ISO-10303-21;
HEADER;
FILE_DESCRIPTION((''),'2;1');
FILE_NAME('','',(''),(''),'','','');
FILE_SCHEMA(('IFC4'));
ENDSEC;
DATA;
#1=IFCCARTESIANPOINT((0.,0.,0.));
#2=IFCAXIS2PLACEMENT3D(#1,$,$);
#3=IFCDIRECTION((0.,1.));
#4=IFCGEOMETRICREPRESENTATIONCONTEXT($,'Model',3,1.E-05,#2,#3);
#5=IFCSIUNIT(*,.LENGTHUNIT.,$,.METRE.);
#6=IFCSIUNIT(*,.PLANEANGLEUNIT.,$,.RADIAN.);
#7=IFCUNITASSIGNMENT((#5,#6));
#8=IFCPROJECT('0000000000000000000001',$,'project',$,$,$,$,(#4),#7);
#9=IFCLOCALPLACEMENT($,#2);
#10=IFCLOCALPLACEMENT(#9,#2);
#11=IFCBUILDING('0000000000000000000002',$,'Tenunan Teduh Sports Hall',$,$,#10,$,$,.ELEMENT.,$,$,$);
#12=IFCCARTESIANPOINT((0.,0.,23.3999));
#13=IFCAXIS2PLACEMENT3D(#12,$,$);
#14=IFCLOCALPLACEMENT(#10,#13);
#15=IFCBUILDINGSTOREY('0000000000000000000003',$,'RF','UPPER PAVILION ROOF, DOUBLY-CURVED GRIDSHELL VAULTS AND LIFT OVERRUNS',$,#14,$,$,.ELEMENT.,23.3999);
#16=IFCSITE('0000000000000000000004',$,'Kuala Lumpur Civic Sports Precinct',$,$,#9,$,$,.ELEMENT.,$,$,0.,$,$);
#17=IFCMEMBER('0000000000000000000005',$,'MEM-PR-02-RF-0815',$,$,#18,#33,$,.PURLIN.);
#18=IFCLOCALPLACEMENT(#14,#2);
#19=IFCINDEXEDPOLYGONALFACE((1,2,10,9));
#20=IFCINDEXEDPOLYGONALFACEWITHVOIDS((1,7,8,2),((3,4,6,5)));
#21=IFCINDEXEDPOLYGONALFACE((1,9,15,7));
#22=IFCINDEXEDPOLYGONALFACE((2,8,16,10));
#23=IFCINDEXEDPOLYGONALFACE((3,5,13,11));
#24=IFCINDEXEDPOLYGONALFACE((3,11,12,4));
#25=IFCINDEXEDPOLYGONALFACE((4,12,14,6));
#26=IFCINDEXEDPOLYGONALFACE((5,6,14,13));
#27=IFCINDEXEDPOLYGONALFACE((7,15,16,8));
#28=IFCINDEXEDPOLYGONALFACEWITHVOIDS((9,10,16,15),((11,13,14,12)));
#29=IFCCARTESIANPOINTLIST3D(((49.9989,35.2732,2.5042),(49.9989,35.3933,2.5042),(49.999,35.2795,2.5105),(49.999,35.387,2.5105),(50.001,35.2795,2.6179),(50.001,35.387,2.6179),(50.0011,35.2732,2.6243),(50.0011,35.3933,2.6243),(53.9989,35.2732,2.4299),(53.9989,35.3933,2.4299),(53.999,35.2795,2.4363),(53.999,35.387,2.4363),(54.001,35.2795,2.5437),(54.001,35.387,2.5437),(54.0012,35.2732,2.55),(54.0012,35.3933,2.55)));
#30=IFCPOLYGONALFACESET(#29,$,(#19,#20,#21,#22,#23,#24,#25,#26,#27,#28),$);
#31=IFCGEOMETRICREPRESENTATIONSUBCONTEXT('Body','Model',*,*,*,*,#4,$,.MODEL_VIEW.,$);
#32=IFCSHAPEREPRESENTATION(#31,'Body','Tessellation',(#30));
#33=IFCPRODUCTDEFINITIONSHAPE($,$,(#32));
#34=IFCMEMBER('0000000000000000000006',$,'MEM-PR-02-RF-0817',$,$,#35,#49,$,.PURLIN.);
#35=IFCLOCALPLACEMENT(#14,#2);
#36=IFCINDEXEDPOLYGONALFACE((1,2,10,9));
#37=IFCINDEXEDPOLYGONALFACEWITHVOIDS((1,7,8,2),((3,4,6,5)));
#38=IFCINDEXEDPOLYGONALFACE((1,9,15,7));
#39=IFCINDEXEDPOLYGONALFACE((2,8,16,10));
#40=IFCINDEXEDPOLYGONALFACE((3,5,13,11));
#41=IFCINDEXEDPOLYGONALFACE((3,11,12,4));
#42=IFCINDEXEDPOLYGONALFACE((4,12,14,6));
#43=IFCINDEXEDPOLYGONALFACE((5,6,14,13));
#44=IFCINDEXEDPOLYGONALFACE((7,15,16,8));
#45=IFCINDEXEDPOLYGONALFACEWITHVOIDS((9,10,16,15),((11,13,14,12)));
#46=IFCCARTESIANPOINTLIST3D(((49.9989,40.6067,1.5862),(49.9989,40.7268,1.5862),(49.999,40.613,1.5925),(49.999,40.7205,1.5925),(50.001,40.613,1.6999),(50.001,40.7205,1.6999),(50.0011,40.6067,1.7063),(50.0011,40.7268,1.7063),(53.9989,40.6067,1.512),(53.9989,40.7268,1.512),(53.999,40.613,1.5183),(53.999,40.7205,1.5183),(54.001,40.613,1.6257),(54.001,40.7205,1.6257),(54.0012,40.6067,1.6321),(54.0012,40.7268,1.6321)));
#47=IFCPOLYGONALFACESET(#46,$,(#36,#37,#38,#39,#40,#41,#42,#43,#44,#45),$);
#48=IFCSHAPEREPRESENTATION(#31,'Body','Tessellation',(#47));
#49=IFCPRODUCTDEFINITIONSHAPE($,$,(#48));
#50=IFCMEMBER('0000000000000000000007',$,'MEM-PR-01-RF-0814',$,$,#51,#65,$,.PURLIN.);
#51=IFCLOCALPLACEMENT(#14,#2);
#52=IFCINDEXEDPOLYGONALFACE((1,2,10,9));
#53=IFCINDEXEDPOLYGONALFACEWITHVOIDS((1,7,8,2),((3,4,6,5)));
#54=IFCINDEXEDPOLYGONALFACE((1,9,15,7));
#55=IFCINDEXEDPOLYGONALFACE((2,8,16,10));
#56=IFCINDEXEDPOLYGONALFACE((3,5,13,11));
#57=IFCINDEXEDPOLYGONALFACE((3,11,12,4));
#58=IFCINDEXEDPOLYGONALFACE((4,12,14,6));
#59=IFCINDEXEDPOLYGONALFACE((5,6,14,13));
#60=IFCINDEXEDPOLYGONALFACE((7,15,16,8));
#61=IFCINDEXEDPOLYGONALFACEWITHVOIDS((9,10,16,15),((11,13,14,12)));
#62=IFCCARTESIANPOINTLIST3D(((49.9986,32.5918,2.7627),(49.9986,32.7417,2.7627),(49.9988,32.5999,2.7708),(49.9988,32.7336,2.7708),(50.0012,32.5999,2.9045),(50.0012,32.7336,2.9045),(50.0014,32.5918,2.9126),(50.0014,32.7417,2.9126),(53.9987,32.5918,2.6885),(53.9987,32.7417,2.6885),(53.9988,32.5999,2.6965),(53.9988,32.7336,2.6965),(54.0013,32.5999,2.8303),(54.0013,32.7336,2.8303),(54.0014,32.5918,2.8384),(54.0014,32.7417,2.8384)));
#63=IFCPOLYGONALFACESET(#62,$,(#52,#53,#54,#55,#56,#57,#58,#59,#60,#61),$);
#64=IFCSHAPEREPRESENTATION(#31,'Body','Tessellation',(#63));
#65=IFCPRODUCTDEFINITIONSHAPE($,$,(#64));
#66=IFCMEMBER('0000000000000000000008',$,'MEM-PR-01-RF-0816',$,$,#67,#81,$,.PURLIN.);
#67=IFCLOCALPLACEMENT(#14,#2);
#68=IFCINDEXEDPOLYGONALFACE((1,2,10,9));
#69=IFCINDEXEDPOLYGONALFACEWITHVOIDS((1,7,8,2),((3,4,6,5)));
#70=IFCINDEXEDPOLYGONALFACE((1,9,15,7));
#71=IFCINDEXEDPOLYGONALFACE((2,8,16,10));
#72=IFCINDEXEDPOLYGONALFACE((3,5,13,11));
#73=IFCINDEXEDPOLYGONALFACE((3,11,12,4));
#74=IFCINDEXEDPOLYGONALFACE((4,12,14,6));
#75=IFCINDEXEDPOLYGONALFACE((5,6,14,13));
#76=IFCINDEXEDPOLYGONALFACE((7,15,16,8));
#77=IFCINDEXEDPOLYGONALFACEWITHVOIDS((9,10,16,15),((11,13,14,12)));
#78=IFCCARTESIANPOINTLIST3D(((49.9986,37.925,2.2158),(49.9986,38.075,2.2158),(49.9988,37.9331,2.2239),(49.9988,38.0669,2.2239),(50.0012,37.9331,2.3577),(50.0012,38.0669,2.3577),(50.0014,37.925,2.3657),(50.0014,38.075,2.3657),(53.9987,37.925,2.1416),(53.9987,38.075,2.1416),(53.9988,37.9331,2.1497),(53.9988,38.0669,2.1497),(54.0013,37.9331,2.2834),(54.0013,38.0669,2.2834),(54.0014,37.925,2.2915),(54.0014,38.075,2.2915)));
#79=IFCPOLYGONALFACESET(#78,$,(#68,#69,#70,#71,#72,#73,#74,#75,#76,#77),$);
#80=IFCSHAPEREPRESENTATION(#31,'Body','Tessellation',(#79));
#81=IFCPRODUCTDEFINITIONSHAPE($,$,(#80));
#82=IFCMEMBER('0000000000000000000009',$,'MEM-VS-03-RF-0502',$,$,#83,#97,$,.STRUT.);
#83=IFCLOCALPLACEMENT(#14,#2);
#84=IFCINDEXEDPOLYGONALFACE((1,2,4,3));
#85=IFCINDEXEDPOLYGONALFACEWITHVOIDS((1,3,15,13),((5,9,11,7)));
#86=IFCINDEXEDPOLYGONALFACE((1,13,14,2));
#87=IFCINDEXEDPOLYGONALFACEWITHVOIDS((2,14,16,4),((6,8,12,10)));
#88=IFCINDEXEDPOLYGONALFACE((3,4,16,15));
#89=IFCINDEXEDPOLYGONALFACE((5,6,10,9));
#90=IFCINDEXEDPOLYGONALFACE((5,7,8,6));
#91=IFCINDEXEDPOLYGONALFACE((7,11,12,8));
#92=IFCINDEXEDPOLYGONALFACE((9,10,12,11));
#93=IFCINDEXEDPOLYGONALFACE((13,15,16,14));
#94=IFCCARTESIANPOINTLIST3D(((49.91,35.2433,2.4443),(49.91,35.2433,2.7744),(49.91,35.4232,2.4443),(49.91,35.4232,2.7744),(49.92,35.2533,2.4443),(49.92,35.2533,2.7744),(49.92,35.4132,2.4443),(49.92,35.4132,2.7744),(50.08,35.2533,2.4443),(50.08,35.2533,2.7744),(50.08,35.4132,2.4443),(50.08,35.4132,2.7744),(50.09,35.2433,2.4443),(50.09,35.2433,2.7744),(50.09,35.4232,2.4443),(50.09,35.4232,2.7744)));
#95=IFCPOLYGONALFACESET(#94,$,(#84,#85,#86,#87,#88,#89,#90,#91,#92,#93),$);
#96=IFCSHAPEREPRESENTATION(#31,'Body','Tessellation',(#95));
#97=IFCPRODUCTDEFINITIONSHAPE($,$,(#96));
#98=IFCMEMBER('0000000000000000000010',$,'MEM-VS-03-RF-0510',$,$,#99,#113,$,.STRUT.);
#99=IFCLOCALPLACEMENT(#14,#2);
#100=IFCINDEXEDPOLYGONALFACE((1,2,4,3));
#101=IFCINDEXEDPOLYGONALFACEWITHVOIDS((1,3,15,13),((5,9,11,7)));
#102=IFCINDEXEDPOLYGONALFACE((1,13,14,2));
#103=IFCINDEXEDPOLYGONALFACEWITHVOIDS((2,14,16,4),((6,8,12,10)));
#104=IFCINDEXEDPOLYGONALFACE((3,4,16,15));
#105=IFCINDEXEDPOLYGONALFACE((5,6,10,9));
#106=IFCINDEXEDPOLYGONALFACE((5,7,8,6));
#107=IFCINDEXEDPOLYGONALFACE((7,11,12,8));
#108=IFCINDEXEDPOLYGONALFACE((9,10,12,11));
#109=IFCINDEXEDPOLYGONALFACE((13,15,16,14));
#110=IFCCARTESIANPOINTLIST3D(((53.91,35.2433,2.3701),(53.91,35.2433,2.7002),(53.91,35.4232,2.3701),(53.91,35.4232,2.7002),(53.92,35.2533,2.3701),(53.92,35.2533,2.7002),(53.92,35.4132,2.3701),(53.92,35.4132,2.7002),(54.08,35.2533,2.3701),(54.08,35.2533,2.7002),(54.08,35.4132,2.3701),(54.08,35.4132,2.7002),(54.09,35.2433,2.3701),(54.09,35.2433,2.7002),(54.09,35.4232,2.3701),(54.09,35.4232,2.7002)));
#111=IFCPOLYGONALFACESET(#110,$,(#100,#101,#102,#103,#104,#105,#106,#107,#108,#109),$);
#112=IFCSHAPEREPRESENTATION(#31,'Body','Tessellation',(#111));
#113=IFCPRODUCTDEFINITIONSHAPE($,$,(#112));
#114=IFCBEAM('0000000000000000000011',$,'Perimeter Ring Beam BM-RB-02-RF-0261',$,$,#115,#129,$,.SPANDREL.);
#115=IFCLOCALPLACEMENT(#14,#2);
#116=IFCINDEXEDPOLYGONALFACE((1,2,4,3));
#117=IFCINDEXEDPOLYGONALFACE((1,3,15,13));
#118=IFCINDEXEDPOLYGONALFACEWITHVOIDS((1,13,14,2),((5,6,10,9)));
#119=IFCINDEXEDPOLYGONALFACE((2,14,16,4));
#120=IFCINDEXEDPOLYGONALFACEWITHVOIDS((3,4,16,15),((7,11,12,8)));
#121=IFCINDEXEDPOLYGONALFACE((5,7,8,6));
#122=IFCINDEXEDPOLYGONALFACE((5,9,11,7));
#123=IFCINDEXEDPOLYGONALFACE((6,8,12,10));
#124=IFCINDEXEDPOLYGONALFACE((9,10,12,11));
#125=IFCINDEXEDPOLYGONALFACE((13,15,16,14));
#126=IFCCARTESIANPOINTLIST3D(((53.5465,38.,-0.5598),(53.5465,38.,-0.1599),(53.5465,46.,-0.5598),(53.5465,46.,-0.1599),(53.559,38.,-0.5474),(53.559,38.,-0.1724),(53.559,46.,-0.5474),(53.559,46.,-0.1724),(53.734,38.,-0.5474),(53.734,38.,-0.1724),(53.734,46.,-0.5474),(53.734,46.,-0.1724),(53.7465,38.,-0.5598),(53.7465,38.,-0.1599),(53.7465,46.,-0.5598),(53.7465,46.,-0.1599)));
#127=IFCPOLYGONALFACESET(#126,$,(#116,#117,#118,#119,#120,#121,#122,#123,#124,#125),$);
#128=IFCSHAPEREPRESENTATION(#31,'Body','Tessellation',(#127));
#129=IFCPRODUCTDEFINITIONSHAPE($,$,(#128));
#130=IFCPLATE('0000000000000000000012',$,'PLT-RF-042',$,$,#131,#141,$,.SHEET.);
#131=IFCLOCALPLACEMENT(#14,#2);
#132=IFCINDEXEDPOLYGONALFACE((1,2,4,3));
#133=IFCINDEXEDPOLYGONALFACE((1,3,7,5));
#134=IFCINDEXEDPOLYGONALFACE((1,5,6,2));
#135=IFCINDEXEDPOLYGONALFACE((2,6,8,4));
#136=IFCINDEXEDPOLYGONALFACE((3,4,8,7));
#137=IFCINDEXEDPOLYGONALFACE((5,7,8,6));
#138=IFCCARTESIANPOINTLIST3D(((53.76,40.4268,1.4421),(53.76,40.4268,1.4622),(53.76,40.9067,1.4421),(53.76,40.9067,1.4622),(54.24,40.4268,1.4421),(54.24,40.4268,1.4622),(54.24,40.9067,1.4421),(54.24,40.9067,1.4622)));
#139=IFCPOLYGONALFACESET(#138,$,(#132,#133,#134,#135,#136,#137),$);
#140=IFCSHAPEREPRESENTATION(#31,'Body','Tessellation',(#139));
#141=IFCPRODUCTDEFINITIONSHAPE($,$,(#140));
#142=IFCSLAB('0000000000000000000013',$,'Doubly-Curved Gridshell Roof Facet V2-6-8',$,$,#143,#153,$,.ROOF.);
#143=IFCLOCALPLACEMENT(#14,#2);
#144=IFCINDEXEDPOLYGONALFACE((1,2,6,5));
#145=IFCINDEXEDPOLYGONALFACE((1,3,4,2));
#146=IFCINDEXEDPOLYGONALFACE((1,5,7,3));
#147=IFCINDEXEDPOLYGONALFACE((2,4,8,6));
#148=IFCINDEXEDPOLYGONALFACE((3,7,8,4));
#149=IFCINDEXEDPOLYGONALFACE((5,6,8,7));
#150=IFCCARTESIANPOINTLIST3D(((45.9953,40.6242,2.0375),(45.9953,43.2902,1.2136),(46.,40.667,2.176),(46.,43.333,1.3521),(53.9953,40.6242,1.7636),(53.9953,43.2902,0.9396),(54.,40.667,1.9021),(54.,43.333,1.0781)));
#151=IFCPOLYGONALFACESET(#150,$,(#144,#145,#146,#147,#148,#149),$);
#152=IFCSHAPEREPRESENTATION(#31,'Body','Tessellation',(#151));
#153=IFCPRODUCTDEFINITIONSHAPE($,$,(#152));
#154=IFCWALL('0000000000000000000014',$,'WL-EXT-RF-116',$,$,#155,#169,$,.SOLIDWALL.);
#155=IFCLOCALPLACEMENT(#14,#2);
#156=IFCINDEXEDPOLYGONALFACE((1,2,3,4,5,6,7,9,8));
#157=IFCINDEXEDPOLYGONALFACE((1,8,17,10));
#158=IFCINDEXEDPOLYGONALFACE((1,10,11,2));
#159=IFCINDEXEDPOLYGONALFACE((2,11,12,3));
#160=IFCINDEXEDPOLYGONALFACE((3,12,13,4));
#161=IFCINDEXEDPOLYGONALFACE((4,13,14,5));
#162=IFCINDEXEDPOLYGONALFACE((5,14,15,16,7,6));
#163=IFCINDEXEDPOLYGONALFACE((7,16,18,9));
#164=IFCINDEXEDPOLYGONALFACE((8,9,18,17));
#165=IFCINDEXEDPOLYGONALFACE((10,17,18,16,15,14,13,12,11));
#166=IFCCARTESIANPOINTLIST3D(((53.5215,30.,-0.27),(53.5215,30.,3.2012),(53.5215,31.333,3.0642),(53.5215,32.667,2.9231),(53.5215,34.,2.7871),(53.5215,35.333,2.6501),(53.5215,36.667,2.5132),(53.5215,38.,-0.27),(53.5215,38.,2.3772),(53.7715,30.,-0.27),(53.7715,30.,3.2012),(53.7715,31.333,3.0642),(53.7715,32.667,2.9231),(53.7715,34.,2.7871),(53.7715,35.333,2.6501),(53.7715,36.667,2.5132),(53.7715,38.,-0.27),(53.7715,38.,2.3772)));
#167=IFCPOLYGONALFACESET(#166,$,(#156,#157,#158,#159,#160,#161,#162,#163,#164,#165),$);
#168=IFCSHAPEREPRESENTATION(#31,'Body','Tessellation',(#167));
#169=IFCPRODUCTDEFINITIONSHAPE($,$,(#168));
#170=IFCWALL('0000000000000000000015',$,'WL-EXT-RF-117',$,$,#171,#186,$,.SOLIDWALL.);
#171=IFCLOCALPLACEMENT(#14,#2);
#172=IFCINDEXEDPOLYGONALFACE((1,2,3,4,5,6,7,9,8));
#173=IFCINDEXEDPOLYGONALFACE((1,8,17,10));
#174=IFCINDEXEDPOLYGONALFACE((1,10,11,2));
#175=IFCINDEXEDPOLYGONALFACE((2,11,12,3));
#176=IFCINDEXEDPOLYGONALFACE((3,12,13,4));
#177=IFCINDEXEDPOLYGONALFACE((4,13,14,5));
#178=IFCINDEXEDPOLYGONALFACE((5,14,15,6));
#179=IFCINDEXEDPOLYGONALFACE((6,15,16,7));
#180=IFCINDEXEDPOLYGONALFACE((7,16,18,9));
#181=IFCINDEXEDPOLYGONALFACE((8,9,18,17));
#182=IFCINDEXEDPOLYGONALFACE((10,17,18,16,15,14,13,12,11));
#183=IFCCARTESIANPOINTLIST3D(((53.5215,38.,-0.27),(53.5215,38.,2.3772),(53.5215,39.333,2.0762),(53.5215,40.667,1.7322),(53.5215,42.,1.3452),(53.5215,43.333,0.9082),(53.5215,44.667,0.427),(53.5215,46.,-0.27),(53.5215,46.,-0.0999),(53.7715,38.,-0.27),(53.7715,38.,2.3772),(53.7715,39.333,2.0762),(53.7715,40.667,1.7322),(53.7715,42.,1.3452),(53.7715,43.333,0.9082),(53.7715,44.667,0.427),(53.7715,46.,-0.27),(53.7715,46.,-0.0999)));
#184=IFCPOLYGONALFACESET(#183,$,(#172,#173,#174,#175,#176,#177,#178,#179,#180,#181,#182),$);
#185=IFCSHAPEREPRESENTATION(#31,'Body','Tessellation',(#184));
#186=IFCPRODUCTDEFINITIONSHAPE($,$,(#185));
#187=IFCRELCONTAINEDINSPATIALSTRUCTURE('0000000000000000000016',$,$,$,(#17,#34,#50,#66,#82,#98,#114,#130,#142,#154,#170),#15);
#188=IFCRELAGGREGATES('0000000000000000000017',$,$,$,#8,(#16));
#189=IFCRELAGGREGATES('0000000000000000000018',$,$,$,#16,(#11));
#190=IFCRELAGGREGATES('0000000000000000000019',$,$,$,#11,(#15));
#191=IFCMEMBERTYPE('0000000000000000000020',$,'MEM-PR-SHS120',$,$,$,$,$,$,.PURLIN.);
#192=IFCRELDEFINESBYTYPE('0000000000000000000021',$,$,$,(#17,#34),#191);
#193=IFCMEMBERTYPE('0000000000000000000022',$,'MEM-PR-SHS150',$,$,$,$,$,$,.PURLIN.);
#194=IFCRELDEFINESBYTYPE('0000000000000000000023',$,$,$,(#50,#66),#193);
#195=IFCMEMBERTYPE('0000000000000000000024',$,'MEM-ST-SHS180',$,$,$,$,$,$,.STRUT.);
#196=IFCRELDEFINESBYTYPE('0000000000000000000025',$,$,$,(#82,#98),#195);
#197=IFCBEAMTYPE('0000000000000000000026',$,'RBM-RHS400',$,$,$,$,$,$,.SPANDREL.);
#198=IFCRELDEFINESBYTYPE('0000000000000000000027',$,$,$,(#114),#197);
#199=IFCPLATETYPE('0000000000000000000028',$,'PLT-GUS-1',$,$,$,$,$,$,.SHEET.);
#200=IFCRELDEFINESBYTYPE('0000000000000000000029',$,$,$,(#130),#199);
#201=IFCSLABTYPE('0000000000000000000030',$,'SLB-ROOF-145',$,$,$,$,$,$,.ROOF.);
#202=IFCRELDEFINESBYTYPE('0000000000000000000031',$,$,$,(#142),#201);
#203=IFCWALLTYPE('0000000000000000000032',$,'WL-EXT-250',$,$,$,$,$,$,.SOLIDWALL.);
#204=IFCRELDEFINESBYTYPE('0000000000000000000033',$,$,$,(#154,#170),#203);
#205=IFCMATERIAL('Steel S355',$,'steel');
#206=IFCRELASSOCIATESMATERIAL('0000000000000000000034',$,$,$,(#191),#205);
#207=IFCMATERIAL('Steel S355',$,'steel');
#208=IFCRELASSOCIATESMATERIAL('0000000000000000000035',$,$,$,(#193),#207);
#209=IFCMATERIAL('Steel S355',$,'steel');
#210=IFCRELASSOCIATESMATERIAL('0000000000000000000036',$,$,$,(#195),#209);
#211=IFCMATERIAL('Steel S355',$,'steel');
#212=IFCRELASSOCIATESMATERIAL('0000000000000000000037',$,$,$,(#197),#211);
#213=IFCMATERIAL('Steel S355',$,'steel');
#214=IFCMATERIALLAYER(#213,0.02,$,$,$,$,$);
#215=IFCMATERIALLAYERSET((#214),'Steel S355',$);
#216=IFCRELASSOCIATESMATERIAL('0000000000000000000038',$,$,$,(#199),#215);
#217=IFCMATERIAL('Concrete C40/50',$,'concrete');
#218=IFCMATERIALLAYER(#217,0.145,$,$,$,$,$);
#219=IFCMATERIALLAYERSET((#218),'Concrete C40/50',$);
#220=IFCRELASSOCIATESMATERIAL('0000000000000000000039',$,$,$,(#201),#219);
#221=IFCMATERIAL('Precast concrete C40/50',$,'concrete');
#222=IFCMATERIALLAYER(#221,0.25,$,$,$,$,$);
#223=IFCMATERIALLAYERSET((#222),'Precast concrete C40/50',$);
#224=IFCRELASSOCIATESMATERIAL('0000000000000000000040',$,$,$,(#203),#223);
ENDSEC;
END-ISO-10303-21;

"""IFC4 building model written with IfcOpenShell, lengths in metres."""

from ifc_helpers import new_model, si_unit, direction, frame, origin, origin_2d, place, context, subcontext, project, spatial, polyline, rectangle, hollow_rectangle, outline, extrude, material, layer, layer_set, material_profile, profile_set, type_object, element, save


model = new_model("IFC4")

# Units and contexts
model_context = context("Model", 3, precision=1e-05, world=origin(), true_north=direction((0.0, 1.0)))
body_context = subcontext(model_context, "Body", "Model", "MODEL_VIEW")
ifc_project = project(units=[si_unit("LENGTHUNIT", "METRE"), si_unit("PLANEANGLEUNIT", "RADIAN")], contexts=[model_context])

# Site, building, storey
site_placement = place(None, origin())
site = spatial("IfcSite", under=ifc_project, at=site_placement, Name="Kuala Lumpur Civic Sports Precinct", CompositionType="ELEMENT", RefElevation=0.0)
building_placement = place(site_placement, origin())
building = spatial("IfcBuilding", under=site, at=building_placement, Name="Tenunan Teduh Sports Hall", CompositionType="ELEMENT")
storey_placement = place(building_placement, frame((0.0, 0.0, 23.3999)))
storey = spatial("IfcBuildingStorey", under=building, at=storey_placement, Name="RF", Description="UPPER PAVILION ROOF, DOUBLY-CURVED GRIDSHELL VAULTS AND LIFT OVERRUNS", CompositionType="ELEMENT", Elevation=23.3999)

# Members
ifc_material_1 = material(Name="Steel S355", Category="steel")
ifc_material_profile_1 = material_profile(ifc_material_1, hollow_rectangle(XDim=0.1201, YDim=0.1201, WallThickness=0.0063, at=origin_2d()), Name="SHS 120x120x6.3")
ifc_profile_set_1 = profile_set([ifc_material_profile_1], Name="Steel S355")
member_type_1 = type_object("IfcMemberType", Name="MEM-PR-SHS120", PredefinedType="PURLIN", material=ifc_profile_set_1)
for number, where, z_axis, x_axis, name in (
    (1, (50.0, 35.3333, 2.5642), (0.999828, 0.0, -0.018551), (0.0, 1.0, 0.0), "MEM-PR-02-RF-0815"),
    (2, (50.0, 40.6667, 1.6462), (0.999828, 0.0, -0.018551), (0.0, 1.0, 0.0), "MEM-PR-02-RF-0817"),
):
    element("IfcMember", number, at=place(storey_placement, frame(where, z_axis=z_axis, x_axis=x_axis)), inside=storey, type_object=member_type_1, Name=name, PredefinedType="PURLIN", context=body_context, shape_type="SweptSolid", body=[
        extrude(hollow_rectangle(XDim=0.1201, YDim=0.1201, WallThickness=0.0063, at=origin_2d()), origin(), (0.0, 0.0, 1.0), 4.0007),
    ])
ifc_material_2 = material(Name="Steel S355", Category="steel")
ifc_material_profile_2 = material_profile(ifc_material_2, hollow_rectangle(XDim=0.1499, YDim=0.1499, WallThickness=0.0081, at=origin_2d()), Name="SHS 150x150x8.0")
ifc_profile_set_2 = profile_set([ifc_material_profile_2], Name="Steel S355")
member_type_2 = type_object("IfcMemberType", Name="MEM-PR-SHS150", PredefinedType="PURLIN", material=ifc_profile_set_2)
for number, where, z_axis, x_axis, name in (
    (3, (50.0, 32.6667, 2.8376), (0.999828, 0.0, -0.018551), (0.0, 1.0, 0.0), "MEM-PR-01-RF-0814"),
    (4, (50.0, 38.0, 2.2908), (0.999828, 0.0, -0.018551), (0.0, 1.0, 0.0), "MEM-PR-01-RF-0816"),
):
    element("IfcMember", number, at=place(storey_placement, frame(where, z_axis=z_axis, x_axis=x_axis)), inside=storey, type_object=member_type_2, Name=name, PredefinedType="PURLIN", context=body_context, shape_type="SweptSolid", body=[
        extrude(hollow_rectangle(XDim=0.1499, YDim=0.1499, WallThickness=0.0081, at=origin_2d()), origin(), (0.0, 0.0, 1.0), 4.0007),
    ])
ifc_material_3 = material(Name="Steel S355", Category="steel")
ifc_material_profile_3 = material_profile(ifc_material_3, hollow_rectangle(XDim=0.1799, YDim=0.1799, WallThickness=0.01, at=origin_2d()), Name="SHS 180x180x10.0")
ifc_profile_set_3 = profile_set([ifc_material_profile_3], Name="Steel S355")
member_type_3 = type_object("IfcMemberType", Name="MEM-ST-SHS180", PredefinedType="STRUT", material=ifc_profile_set_3)
for number, where, z_axis, x_axis, name in (
    (5, (50.0, 35.3333, 2.4443), (0.0, 0.0, 1.0), (1.0, 0.0, 0.0), "MEM-VS-03-RF-0502"),
    (6, (54.0, 35.3333, 2.3701), (0.0, 0.0, 1.0), (1.0, 0.0, 0.0), "MEM-VS-03-RF-0510"),
):
    element("IfcMember", number, at=place(storey_placement, frame(where, z_axis=z_axis, x_axis=x_axis)), inside=storey, type_object=member_type_3, Name=name, PredefinedType="STRUT", context=body_context, shape_type="SweptSolid", body=[
        extrude(hollow_rectangle(XDim=0.1799, YDim=0.1799, WallThickness=0.01, at=origin_2d()), origin(), (0.0, 0.0, 1.0), 0.3301),
    ])

# Beam
ifc_material_4 = material(Name="Steel S355", Category="steel")
ifc_material_profile_4 = material_profile(ifc_material_4, hollow_rectangle(XDim=0.2, YDim=0.3999, WallThickness=0.0125, at=origin_2d()), Name="RHS 400x200x12.5")
ifc_profile_set_4 = profile_set([ifc_material_profile_4], Name="Steel S355")
beam_type_1 = type_object("IfcBeamType", Name="RBM-RHS400", PredefinedType="SPANDREL", material=ifc_profile_set_4)
beam_1_placement = place(storey_placement, frame((53.6465, 38.0, -0.3599), z_axis=(0.0, 1.0, 0.0), x_axis=(-1.0, 0.0, 0.0)))
element("IfcBeam", 7, at=beam_1_placement, inside=storey, type_object=beam_type_1, Name="Perimeter Ring Beam BM-RB-02-RF-0261", PredefinedType="SPANDREL", context=body_context, shape_type="SweptSolid", body=[
    extrude(hollow_rectangle(XDim=0.2, YDim=0.3999, WallThickness=0.0125, at=origin_2d()), origin(), (0.0, 0.0, 1.0), 8.0),
])

# Plate
ifc_material_5 = material(Name="Steel S355", Category="steel")
ifc_layer_1 = layer(ifc_material_5, 0.02)
ifc_layer_set_1 = layer_set([ifc_layer_1], Name="Steel S355")
plate_type = type_object("IfcPlateType", Name="PLT-GUS-1", PredefinedType="SHEET", material=ifc_layer_set_1)
plate_placement = place(storey_placement, frame((54.0, 40.6667, 1.4421), z_axis=(0.0, 0.0, 1.0), x_axis=(1.0, 0.0, 0.0)))
element("IfcPlate", 8, at=plate_placement, inside=storey, type_object=plate_type, Name="PLT-RF-042", PredefinedType="SHEET", context=body_context, shape_type="SweptSolid", body=[
    extrude(rectangle(XDim=0.48, YDim=0.48, at=origin_2d()), origin(), (0.0, 0.0, 1.0), 0.02),
])

# Slab
ifc_material_6 = material(Name="Concrete C40/50", Category="concrete")
ifc_layer_2 = layer(ifc_material_6, 0.145)
ifc_layer_set_2 = layer_set([ifc_layer_2], Name="Concrete C40/50")
slab_type = type_object("IfcSlabType", Name="SLB-ROOF-145", PredefinedType="ROOF", material=ifc_layer_set_2)
slab_placement = place(storey_placement, frame((46.0, 40.667, 2.176), z_axis=(0.032696, 0.295127, 0.954899), x_axis=(0.999414, 0.0, -0.034221)))
element("IfcSlab", 9, at=slab_placement, inside=storey, type_object=slab_type, Name="Doubly-Curved Gridshell Roof Facet V2-6-8", PredefinedType="ROOF", context=body_context, shape_type="SweptSolid", body=[
    extrude(outline(polyline([(0.0, 0.0), (8.0047, 0.0), (8.0329, 2.7903), (0.0282, 2.7903), (0.0, 0.0)])), origin(), (0.0, 0.0, -1.0), 0.145),
])

# Walls
ifc_material_7 = material(Name="Precast concrete C40/50", Category="concrete")
ifc_layer_3 = layer(ifc_material_7, 0.25)
ifc_layer_set_3 = layer_set([ifc_layer_3], Name="Precast concrete C40/50")
wall_type = type_object("IfcWallType", Name="WL-EXT-250", PredefinedType="SOLIDWALL", material=ifc_layer_set_3)
wall_1_placement = place(storey_placement, frame((53.6465, 30.0, -0.27), z_axis=(0.0, 0.0, 1.0), x_axis=(0.0, 1.0, 0.0)))
element("IfcWall", 10, at=wall_1_placement, inside=storey, type_object=wall_type, Name="WL-EXT-RF-116", PredefinedType="SOLIDWALL", context=body_context, shape_type="SweptSolid", body=[
    extrude(outline(polyline([(0.0, 0.0), (8.0, 0.0), (8.0, 2.6472), (6.667, 2.7832), (5.333, 2.9202), (4.0, 3.0571), (2.667, 3.1931), (1.333, 3.3342), (0.0, 3.4712), (0.0, 0.0)])), frame((0.0, 0.125, 0.0), z_axis=(0.0, -1.0, 0.0), x_axis=(1.0, 0.0, 0.0)), (0.0, 0.0, 1.0), 0.25),
])
wall_2_placement = place(storey_placement, frame((53.6465, 38.0, -0.27), z_axis=(0.0, 0.0, 1.0), x_axis=(0.0, 1.0, 0.0)))
element("IfcWall", 11, at=wall_2_placement, inside=storey, type_object=wall_type, Name="WL-EXT-RF-117", PredefinedType="SOLIDWALL", context=body_context, shape_type="SweptSolid", body=[
    extrude(outline(polyline([(0.0, 0.0), (8.0, 0.0), (8.0, 0.1702), (6.667, 0.697), (5.333, 1.1782), (4.0, 1.6152), (2.667, 2.0022), (1.333, 2.3462), (0.0, 2.6472), (0.0, 0.0)])), frame((0.0, 0.125, 0.0), z_axis=(0.0, -1.0, 0.0), x_axis=(1.0, 0.0, 0.0)), (0.0, 0.0, 1.0), 0.25),
])

save(model, "model.ifc")
